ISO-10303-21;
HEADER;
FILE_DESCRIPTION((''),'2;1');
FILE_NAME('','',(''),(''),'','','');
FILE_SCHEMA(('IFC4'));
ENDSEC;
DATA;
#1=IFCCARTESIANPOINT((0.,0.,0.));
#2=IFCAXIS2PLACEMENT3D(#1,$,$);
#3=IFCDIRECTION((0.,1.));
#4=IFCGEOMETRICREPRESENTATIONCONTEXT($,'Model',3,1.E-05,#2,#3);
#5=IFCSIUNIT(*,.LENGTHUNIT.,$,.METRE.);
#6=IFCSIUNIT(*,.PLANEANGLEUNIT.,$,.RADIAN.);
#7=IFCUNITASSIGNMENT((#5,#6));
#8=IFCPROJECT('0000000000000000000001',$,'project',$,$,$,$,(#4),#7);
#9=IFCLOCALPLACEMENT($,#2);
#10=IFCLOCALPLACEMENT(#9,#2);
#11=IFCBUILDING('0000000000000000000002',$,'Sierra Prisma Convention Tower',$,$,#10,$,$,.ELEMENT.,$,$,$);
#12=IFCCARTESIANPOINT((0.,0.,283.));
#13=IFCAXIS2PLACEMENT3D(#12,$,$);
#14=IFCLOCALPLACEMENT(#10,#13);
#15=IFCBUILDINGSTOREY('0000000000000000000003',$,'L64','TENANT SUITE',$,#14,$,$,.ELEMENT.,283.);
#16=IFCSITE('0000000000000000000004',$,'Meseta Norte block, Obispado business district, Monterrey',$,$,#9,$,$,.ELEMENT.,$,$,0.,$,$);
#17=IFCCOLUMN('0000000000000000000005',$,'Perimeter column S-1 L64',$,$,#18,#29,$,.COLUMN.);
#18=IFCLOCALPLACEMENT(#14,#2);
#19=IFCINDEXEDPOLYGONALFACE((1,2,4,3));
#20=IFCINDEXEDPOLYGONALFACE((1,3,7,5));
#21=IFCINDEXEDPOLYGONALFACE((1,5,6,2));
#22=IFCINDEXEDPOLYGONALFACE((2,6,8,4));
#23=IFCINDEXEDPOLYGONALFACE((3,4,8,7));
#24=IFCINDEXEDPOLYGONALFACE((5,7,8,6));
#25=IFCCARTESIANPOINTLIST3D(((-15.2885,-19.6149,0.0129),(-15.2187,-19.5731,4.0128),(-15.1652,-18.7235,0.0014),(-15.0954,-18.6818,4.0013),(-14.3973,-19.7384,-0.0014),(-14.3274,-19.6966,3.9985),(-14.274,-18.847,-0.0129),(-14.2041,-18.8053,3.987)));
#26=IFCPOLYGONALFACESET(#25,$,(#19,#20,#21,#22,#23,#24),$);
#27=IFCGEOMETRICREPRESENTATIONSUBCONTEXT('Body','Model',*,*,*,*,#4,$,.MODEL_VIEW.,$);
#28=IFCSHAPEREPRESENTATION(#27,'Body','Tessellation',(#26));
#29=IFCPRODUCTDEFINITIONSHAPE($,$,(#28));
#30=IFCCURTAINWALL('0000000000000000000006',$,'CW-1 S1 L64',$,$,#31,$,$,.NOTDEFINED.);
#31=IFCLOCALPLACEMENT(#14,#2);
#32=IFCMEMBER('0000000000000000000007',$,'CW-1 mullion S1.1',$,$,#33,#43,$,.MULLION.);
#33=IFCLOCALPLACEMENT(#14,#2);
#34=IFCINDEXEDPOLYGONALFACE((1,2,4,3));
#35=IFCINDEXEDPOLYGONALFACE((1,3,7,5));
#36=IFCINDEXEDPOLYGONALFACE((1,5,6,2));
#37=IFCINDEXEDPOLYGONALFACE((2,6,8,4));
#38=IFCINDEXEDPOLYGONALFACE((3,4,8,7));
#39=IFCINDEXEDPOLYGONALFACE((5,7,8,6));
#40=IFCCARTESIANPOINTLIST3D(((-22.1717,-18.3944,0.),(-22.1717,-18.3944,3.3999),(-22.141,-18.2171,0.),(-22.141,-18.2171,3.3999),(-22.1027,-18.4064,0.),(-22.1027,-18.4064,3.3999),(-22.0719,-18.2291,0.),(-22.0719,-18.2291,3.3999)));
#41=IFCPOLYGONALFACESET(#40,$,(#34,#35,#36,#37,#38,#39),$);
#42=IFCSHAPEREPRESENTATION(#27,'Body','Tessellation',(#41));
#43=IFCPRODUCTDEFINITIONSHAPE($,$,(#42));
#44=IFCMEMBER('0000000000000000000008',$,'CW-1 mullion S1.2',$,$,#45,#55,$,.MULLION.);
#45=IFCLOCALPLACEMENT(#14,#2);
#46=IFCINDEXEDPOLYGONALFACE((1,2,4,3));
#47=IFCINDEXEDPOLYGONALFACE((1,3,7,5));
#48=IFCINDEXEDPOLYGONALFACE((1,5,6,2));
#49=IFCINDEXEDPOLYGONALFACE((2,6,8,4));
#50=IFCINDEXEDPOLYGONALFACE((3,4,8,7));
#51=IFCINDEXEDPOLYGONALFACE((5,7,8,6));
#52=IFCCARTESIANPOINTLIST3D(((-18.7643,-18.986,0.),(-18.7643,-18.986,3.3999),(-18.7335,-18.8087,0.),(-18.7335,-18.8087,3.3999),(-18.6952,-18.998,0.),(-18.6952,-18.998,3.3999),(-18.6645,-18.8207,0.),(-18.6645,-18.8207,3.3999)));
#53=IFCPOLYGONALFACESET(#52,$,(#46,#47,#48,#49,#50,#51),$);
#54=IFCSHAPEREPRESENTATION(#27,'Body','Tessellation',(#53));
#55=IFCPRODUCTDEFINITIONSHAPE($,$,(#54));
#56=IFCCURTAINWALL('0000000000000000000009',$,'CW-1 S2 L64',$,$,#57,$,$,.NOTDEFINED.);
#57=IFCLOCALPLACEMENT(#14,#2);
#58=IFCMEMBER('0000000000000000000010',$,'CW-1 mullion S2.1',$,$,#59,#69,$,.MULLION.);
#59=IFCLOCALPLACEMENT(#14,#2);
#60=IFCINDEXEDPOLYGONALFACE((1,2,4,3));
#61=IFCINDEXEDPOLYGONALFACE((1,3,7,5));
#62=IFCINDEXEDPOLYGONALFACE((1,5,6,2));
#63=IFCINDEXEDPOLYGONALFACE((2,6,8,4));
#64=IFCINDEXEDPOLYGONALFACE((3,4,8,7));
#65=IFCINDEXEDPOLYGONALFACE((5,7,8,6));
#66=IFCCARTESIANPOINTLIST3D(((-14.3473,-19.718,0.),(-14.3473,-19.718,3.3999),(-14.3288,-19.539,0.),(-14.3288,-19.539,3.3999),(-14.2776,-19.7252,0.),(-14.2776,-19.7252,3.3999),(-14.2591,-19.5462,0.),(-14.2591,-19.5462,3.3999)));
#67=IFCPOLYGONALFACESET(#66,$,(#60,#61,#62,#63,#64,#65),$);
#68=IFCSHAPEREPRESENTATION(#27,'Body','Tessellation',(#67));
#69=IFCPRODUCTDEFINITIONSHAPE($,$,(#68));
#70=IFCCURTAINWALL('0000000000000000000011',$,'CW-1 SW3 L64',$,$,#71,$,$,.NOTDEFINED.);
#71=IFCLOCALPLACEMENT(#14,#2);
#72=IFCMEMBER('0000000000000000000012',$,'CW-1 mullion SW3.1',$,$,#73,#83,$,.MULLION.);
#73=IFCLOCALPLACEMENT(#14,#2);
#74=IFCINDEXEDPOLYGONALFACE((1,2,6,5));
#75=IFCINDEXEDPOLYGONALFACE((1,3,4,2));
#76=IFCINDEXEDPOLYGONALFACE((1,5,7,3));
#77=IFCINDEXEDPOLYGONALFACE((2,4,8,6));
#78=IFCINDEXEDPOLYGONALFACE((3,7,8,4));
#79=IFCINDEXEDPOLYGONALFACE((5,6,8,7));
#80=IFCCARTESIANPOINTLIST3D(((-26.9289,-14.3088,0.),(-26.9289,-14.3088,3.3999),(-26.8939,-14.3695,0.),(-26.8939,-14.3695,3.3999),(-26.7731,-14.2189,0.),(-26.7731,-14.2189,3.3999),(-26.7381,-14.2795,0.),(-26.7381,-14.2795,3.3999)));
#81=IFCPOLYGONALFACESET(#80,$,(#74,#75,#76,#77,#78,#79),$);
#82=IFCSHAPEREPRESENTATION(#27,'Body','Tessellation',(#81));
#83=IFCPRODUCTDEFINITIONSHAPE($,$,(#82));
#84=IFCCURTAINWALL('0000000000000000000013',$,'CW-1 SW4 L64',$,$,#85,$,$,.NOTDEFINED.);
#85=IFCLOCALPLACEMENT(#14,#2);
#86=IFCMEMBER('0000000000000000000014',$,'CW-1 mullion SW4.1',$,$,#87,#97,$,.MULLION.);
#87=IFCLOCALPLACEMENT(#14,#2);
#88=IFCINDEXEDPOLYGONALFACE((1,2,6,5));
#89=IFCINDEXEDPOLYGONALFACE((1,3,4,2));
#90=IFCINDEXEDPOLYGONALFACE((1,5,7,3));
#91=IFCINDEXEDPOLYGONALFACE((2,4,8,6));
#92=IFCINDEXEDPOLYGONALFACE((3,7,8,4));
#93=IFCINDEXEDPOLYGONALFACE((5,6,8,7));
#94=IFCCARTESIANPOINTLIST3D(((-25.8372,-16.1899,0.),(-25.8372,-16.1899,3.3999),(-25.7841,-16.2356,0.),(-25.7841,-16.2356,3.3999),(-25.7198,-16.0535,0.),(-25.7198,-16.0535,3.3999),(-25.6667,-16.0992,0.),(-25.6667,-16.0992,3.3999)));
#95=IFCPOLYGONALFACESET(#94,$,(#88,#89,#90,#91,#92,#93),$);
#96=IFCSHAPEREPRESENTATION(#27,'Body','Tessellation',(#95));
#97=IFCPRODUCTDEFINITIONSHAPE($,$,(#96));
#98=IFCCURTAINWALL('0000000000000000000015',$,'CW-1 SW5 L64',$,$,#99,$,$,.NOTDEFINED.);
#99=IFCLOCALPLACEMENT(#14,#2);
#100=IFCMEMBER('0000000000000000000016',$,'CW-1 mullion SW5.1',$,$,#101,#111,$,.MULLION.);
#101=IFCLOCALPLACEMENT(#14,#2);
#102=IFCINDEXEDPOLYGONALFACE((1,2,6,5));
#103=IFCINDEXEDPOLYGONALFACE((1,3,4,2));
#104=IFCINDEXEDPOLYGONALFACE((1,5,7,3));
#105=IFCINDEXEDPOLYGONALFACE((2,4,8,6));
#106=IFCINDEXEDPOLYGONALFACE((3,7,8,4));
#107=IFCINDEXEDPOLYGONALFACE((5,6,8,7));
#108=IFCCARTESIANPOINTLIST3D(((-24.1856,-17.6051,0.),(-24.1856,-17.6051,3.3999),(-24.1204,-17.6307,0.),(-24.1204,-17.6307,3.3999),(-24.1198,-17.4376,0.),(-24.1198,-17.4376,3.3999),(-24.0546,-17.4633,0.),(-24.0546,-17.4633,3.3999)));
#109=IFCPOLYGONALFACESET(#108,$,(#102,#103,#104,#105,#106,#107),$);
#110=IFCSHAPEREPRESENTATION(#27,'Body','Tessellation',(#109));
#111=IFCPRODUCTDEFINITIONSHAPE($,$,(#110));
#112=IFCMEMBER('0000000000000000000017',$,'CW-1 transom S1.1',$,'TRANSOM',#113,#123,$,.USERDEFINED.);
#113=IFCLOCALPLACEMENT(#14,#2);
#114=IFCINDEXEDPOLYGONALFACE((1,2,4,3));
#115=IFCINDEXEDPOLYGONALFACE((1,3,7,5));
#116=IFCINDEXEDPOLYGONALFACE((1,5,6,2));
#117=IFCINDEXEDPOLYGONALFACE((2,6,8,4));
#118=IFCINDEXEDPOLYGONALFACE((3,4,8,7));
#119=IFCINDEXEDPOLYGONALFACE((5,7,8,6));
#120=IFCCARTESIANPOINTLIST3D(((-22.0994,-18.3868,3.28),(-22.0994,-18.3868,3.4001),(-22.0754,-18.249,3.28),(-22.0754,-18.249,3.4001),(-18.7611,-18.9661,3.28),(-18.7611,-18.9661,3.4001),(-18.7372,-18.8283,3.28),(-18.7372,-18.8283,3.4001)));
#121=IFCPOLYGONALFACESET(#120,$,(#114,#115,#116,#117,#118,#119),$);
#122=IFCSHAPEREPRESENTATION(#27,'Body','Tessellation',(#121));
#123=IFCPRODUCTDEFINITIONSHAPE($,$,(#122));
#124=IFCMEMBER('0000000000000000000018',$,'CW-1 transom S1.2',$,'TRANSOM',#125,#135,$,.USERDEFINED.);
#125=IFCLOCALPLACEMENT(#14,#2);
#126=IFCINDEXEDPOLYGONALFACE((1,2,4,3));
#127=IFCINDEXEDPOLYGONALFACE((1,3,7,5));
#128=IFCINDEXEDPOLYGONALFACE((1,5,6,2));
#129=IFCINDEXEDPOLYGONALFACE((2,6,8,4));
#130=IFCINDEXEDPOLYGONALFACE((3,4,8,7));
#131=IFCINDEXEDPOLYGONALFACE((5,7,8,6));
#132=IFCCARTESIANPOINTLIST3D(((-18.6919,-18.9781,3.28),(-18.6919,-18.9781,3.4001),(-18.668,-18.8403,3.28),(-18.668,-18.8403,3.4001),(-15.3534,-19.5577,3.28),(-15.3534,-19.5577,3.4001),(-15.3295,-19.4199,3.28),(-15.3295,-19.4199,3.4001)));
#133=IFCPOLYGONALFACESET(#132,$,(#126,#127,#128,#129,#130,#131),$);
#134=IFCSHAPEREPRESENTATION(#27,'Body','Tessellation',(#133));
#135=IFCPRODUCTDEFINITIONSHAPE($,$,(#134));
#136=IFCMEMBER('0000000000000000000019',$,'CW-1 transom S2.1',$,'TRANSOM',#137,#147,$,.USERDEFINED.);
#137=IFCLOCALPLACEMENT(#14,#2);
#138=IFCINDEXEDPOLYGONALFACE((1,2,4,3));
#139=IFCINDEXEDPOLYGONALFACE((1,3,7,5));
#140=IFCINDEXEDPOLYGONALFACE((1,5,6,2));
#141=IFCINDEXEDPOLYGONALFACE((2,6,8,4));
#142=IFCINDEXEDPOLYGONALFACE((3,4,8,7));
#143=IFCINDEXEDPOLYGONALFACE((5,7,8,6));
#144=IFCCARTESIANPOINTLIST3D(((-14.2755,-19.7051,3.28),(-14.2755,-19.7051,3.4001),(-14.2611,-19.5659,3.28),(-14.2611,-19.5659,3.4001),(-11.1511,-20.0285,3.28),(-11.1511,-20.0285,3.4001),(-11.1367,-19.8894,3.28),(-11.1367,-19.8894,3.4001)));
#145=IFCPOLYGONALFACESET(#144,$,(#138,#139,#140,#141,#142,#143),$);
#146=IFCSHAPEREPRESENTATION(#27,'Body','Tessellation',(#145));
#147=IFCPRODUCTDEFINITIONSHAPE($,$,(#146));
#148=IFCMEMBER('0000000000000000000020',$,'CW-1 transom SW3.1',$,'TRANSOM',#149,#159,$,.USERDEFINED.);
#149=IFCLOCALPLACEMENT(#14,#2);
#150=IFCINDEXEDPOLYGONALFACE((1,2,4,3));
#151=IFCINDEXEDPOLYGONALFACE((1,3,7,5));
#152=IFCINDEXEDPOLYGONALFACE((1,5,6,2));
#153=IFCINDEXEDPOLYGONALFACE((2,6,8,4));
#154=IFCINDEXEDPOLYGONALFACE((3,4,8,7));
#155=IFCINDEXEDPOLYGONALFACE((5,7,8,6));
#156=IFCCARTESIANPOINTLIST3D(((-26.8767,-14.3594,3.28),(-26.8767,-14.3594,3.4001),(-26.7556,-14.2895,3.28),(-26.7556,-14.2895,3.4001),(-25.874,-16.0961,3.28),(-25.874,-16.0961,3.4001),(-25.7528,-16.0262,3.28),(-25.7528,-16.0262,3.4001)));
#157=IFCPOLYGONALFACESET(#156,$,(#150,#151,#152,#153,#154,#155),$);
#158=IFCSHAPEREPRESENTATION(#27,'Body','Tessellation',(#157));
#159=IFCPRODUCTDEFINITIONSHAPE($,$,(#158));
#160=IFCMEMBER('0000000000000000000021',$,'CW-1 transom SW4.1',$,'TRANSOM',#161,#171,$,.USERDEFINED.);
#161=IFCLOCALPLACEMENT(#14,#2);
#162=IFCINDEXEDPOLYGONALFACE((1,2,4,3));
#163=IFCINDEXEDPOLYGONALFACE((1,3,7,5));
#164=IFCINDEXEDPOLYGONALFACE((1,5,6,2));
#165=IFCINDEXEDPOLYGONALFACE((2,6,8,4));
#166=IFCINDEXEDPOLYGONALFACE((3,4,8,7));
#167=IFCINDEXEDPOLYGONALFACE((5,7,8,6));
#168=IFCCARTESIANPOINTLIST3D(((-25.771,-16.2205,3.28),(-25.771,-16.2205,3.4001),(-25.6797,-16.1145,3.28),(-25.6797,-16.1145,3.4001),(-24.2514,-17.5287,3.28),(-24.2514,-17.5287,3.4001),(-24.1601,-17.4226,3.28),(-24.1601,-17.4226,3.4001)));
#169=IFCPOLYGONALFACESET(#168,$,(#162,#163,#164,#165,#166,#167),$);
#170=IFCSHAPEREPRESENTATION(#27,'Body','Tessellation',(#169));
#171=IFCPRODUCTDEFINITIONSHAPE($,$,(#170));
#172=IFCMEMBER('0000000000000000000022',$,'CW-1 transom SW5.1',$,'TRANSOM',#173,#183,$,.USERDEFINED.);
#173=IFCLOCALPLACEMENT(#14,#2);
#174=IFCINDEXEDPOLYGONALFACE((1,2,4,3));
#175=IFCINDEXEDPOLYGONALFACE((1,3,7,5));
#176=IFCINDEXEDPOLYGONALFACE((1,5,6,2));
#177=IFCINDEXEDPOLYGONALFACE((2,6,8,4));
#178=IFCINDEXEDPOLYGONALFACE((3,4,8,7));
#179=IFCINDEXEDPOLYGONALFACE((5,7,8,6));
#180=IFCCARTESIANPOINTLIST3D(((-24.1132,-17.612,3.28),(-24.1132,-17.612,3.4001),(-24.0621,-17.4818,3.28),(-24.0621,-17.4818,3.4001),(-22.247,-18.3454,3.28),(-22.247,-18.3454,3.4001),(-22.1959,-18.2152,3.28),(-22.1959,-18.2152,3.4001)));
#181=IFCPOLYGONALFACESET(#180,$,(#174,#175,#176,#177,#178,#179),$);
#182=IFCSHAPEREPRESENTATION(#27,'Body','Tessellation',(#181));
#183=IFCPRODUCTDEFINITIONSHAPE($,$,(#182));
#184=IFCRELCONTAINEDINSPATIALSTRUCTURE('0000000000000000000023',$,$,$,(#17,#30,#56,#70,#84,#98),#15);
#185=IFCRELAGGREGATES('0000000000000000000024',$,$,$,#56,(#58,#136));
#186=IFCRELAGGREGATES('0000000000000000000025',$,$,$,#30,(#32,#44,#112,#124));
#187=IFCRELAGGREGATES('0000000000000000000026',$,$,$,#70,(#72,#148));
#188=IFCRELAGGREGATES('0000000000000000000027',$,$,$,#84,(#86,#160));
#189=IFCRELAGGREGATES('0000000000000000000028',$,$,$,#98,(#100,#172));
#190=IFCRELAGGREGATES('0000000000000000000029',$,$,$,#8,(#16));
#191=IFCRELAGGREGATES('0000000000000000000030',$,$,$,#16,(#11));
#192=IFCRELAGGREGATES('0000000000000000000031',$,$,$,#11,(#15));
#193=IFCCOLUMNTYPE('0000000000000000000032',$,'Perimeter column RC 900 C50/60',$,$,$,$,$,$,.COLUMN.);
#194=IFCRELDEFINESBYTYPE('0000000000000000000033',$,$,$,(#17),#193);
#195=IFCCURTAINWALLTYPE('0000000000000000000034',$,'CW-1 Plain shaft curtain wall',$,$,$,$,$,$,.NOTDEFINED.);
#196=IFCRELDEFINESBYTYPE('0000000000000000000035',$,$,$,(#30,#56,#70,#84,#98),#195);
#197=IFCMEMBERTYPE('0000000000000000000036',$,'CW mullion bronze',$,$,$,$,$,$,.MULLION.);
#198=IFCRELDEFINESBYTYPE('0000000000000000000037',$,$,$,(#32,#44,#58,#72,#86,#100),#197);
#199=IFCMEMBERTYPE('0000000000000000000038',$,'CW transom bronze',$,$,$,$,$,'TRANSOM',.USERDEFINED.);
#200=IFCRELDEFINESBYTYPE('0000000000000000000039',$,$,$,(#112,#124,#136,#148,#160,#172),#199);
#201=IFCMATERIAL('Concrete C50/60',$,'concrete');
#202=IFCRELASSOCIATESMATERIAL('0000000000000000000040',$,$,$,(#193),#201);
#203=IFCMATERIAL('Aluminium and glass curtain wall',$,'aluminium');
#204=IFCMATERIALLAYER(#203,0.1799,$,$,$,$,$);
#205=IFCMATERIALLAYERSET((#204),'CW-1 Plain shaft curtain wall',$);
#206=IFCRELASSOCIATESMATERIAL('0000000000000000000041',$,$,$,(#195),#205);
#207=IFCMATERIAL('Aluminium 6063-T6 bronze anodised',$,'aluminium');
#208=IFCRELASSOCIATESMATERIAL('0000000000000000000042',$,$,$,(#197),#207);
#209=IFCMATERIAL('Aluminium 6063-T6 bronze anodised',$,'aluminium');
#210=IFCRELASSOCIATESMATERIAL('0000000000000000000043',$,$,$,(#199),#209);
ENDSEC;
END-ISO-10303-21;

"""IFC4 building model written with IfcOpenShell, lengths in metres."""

from ifc_helpers import new_model, si_unit, direction, frame, origin, origin_2d, place, context, subcontext, project, spatial, rectangle, extrude, material, layer, layer_set, material_profile, profile_set, type_object, element, aggregate, save


model = new_model("IFC4")

# Units and contexts
model_context = context("Model", 3, precision=1e-05, world=origin(), true_north=direction((0.0, 1.0)))
body_context = subcontext(model_context, "Body", "Model", "MODEL_VIEW")
ifc_project = project(units=[si_unit("LENGTHUNIT", "METRE"), si_unit("PLANEANGLEUNIT", "RADIAN")], contexts=[model_context])

# Site, building, storey
site_placement = place(None, origin())
site = spatial("IfcSite", under=ifc_project, at=site_placement, Name="Meseta Norte block, Obispado business district, Monterrey", CompositionType="ELEMENT", RefElevation=0.0)
building_placement = place(site_placement, origin())
building = spatial("IfcBuilding", under=site, at=building_placement, Name="Sierra Prisma Convention Tower", CompositionType="ELEMENT")
storey_placement = place(building_placement, frame((0.0, 0.0, 283.0)))
storey = spatial("IfcBuildingStorey", under=building, at=storey_placement, Name="L64", Description="TENANT SUITE", CompositionType="ELEMENT", Elevation=283.0)

# Column
ifc_material_1 = material(Name="Concrete C50/60", Category="concrete")
ifc_material_profile_1 = material_profile(ifc_material_1, rectangle(XDim=0.8999, YDim=0.8999, at=origin_2d()), Name="Perimeter column RC 900 C50/60")
ifc_profile_set_1 = profile_set([ifc_material_profile_1], Name="Concrete C50/60")
column_type = type_object("IfcColumnType", Name="Perimeter column RC 900 C50/60", PredefinedType="COLUMN", material=ifc_profile_set_1)
column_placement = place(storey_placement, frame((-14.7812, -19.231, 0.0), z_axis=(0.017452, 0.010435, 0.999793), x_axis=(-0.990413, 0.137223, 0.015857)))
element("IfcColumn", 1, at=column_placement, inside=storey, type_object=column_type, Name="Perimeter column S-1 L64", PredefinedType="COLUMN", context=body_context, shape_type="SweptSolid", body=[
    extrude(rectangle(XDim=0.8999, YDim=0.8999, at=origin_2d()), origin(), (0.0, 0.0, 1.0), 4.0007),
])

# Curtain wall, members
ifc_material_2 = material(Name="Aluminium and glass curtain wall", Category="aluminium")
ifc_layer_1 = layer(ifc_material_2, 0.1799)
ifc_layer_set_1 = layer_set([ifc_layer_1], Name="CW-1 Plain shaft curtain wall")
curtain_wall_type = type_object("IfcCurtainWallType", Name="CW-1 Plain shaft curtain wall", PredefinedType="NOTDEFINED", material=ifc_layer_set_1)
curtain_wall_1_placement = place(storey_placement, origin())
curtain_wall_1 = element("IfcCurtainWall", 2, at=curtain_wall_1_placement, inside=storey, type_object=curtain_wall_type, Name="CW-1 S1 L64", PredefinedType="NOTDEFINED")
ifc_material_3 = material(Name="Aluminium 6063-T6 bronze anodised", Category="aluminium")
ifc_material_profile_2 = material_profile(ifc_material_3, rectangle(XDim=0.1799, YDim=0.0701, at=origin_2d()), Name="ALU MULLION 70x180")
ifc_profile_set_2 = profile_set([ifc_material_profile_2], Name="Aluminium 6063-T6 bronze anodised")
member_type_1 = type_object("IfcMemberType", Name="CW mullion bronze", PredefinedType="MULLION", material=ifc_profile_set_2)
member_1_placement = place(storey_placement, frame((-22.1218, -18.3118, 0.0), z_axis=(0.0, 0.0, 1.0), x_axis=(0.171009, 0.985269, 0.0)))
member_1 = element("IfcMember", 3, at=member_1_placement, type_object=member_type_1, Name="CW-1 mullion S1.1", PredefinedType="MULLION", context=body_context, shape_type="SweptSolid", body=[
    extrude(rectangle(XDim=0.1799, YDim=0.0701, at=origin_2d()), origin(), (0.0, 0.0, 1.0), 3.3999),
])
member_2_placement = place(storey_placement, frame((-18.7144, -18.9033, 0.0), z_axis=(0.0, 0.0, 1.0), x_axis=(0.171009, 0.985269, 0.0)))
member_2 = element("IfcMember", 4, at=member_2_placement, type_object=member_type_1, Name="CW-1 mullion S1.2", PredefinedType="MULLION", context=body_context, shape_type="SweptSolid", body=[
    extrude(rectangle(XDim=0.1799, YDim=0.0701, at=origin_2d()), origin(), (0.0, 0.0, 1.0), 3.3999),
])

# Curtain walls, members
curtain_wall_2_placement = place(storey_placement, origin())
curtain_wall_2 = element("IfcCurtainWall", 5, at=curtain_wall_2_placement, inside=storey, type_object=curtain_wall_type, Name="CW-1 S2 L64", PredefinedType="NOTDEFINED")
member_3_placement = place(storey_placement, frame((-14.3032, -19.6321, 0.0), z_axis=(0.0, 0.0, 1.0), x_axis=(0.10293, 0.994689, 0.0)))
member_3 = element("IfcMember", 6, at=member_3_placement, type_object=member_type_1, Name="CW-1 mullion S2.1", PredefinedType="MULLION", context=body_context, shape_type="SweptSolid", body=[
    extrude(rectangle(XDim=0.1799, YDim=0.0701, at=origin_2d()), origin(), (0.0, 0.0, 1.0), 3.3999),
])
curtain_wall_3_placement = place(storey_placement, origin())
curtain_wall_3 = element("IfcCurtainWall", 7, at=curtain_wall_3_placement, inside=storey, type_object=curtain_wall_type, Name="CW-1 SW3 L64", PredefinedType="NOTDEFINED")
member_4_placement = place(storey_placement, frame((-26.8335, -14.2942, 0.0), z_axis=(0.0, 0.0, 1.0), x_axis=(0.866025, 0.5, 0.0)))
member_4 = element("IfcMember", 8, at=member_4_placement, type_object=member_type_1, Name="CW-1 mullion SW3.1", PredefinedType="MULLION", context=body_context, shape_type="SweptSolid", body=[
    extrude(rectangle(XDim=0.1799, YDim=0.0701, at=origin_2d()), origin(), (0.0, 0.0, 1.0), 3.3999),
])
curtain_wall_4_placement = place(storey_placement, origin())
curtain_wall_4 = element("IfcCurtainWall", 9, at=curtain_wall_4_placement, inside=storey, type_object=curtain_wall_type, Name="CW-1 SW4 L64", PredefinedType="NOTDEFINED")
member_5_placement = place(storey_placement, frame((-25.752, -16.1445, 0.0), z_axis=(0.0, 0.0, 1.0), x_axis=(0.652447, 0.757835, 0.0)))
member_5 = element("IfcMember", 10, at=member_5_placement, type_object=member_type_1, Name="CW-1 mullion SW4.1", PredefinedType="MULLION", context=body_context, shape_type="SweptSolid", body=[
    extrude(rectangle(XDim=0.1799, YDim=0.0701, at=origin_2d()), origin(), (0.0, 0.0, 1.0), 3.3999),
])
curtain_wall_5_placement = place(storey_placement, origin())
curtain_wall_5 = element("IfcCurtainWall", 11, at=curtain_wall_5_placement, inside=storey, type_object=curtain_wall_type, Name="CW-1 SW5 L64", PredefinedType="NOTDEFINED")
member_6_placement = place(storey_placement, frame((-24.1201, -17.5342, 0.0), z_axis=(0.0, 0.0, 1.0), x_axis=(0.365732, 0.93072, 0.0)))
member_6 = element("IfcMember", 12, at=member_6_placement, type_object=member_type_1, Name="CW-1 mullion SW5.1", PredefinedType="MULLION", context=body_context, shape_type="SweptSolid", body=[
    extrude(rectangle(XDim=0.1799, YDim=0.0701, at=origin_2d()), origin(), (0.0, 0.0, 1.0), 3.3999),
])

# Members
ifc_material_4 = material(Name="Aluminium 6063-T6 bronze anodised", Category="aluminium")
ifc_material_profile_3 = material_profile(ifc_material_4, rectangle(XDim=0.1399, YDim=0.1201, at=origin_2d()), Name="ALU TRANSOM 120x140")
ifc_profile_set_3 = profile_set([ifc_material_profile_3], Name="Aluminium 6063-T6 bronze anodised")
member_type_2 = type_object("IfcMemberType", Name="CW transom bronze", ElementType="TRANSOM", PredefinedType="USERDEFINED", material=ifc_profile_set_3)
member_7_placement = place(storey_placement, frame((-22.0874, -18.3179, 3.3401), z_axis=(0.985274, -0.170985, 0.0), x_axis=(0.170985, 0.985274, 0.0)))
member_7 = element("IfcMember", 13, at=member_7_placement, type_object=member_type_2, Name="CW-1 transom S1.1", ObjectType="TRANSOM", PredefinedType="USERDEFINED", context=body_context, shape_type="SweptSolid", body=[
    extrude(rectangle(XDim=0.1399, YDim=0.1201, at=origin_2d()), origin(), (0.0, 0.0, 1.0), 3.3882),
])
member_8_placement = place(storey_placement, frame((-18.6799, -18.9092, 3.3401), z_axis=(0.985261, -0.171055, 0.0), x_axis=(0.171055, 0.985261, 0.0)))
member_8 = element("IfcMember", 14, at=member_8_placement, type_object=member_type_2, Name="CW-1 transom S1.2", ObjectType="TRANSOM", PredefinedType="USERDEFINED", context=body_context, shape_type="SweptSolid", body=[
    extrude(rectangle(XDim=0.1399, YDim=0.1201, at=origin_2d()), origin(), (0.0, 0.0, 1.0), 3.3884),
])
member_9_placement = place(storey_placement, frame((-14.2683, -19.6355, 3.3401), z_axis=(0.994683, -0.102981, 0.0), x_axis=(0.102981, 0.994683, 0.0)))
member_9 = element("IfcMember", 15, at=member_9_placement, type_object=member_type_2, Name="CW-1 transom S2.1", ObjectType="TRANSOM", PredefinedType="USERDEFINED", context=body_context, shape_type="SweptSolid", body=[
    extrude(rectangle(XDim=0.1399, YDim=0.1201, at=origin_2d()), origin(), (0.0, 0.0, 1.0), 3.1411),
])
aggregate(curtain_wall_2, [member_3, member_9])
member_10_placement = place(storey_placement, frame((-26.8162, -14.3245, 3.3401), z_axis=(0.500028, -0.866009, 0.0), x_axis=(0.866009, 0.500028, 0.0)))
member_10 = element("IfcMember", 16, at=member_10_placement, type_object=member_type_2, Name="CW-1 transom SW3.1", ObjectType="TRANSOM", PredefinedType="USERDEFINED", context=body_context, shape_type="SweptSolid", body=[
    extrude(rectangle(XDim=0.1399, YDim=0.1201, at=origin_2d()), origin(), (0.0, 0.0, 1.0), 2.0054),
])
member_11_placement = place(storey_placement, frame((-25.7253, -16.1675, 3.3401), z_axis=(0.757862, -0.652414, 0.0), x_axis=(0.652414, 0.757862, 0.0)))
member_11 = element("IfcMember", 17, at=member_11_placement, type_object=member_type_2, Name="CW-1 transom SW4.1", ObjectType="TRANSOM", PredefinedType="USERDEFINED", context=body_context, shape_type="SweptSolid", body=[
    extrude(rectangle(XDim=0.1399, YDim=0.1201, at=origin_2d()), origin(), (0.0, 0.0, 1.0), 2.0051),
])
member_12_placement = place(storey_placement, frame((-24.0876, -17.5469, 3.3401), z_axis=(0.93071, -0.365758, 0.0), x_axis=(0.365758, 0.93071, 0.0)))
member_12 = element("IfcMember", 18, at=member_12_placement, type_object=member_type_2, Name="CW-1 transom SW5.1", ObjectType="TRANSOM", PredefinedType="USERDEFINED", context=body_context, shape_type="SweptSolid", body=[
    extrude(rectangle(XDim=0.1399, YDim=0.1201, at=origin_2d()), origin(), (0.0, 0.0, 1.0), 2.0051),
])

aggregate(curtain_wall_1, [member_1, member_2, member_7, member_8])

aggregate(curtain_wall_3, [member_4, member_10])
aggregate(curtain_wall_4, [member_5, member_11])
aggregate(curtain_wall_5, [member_6, member_12])

save(model, "model.ifc")
